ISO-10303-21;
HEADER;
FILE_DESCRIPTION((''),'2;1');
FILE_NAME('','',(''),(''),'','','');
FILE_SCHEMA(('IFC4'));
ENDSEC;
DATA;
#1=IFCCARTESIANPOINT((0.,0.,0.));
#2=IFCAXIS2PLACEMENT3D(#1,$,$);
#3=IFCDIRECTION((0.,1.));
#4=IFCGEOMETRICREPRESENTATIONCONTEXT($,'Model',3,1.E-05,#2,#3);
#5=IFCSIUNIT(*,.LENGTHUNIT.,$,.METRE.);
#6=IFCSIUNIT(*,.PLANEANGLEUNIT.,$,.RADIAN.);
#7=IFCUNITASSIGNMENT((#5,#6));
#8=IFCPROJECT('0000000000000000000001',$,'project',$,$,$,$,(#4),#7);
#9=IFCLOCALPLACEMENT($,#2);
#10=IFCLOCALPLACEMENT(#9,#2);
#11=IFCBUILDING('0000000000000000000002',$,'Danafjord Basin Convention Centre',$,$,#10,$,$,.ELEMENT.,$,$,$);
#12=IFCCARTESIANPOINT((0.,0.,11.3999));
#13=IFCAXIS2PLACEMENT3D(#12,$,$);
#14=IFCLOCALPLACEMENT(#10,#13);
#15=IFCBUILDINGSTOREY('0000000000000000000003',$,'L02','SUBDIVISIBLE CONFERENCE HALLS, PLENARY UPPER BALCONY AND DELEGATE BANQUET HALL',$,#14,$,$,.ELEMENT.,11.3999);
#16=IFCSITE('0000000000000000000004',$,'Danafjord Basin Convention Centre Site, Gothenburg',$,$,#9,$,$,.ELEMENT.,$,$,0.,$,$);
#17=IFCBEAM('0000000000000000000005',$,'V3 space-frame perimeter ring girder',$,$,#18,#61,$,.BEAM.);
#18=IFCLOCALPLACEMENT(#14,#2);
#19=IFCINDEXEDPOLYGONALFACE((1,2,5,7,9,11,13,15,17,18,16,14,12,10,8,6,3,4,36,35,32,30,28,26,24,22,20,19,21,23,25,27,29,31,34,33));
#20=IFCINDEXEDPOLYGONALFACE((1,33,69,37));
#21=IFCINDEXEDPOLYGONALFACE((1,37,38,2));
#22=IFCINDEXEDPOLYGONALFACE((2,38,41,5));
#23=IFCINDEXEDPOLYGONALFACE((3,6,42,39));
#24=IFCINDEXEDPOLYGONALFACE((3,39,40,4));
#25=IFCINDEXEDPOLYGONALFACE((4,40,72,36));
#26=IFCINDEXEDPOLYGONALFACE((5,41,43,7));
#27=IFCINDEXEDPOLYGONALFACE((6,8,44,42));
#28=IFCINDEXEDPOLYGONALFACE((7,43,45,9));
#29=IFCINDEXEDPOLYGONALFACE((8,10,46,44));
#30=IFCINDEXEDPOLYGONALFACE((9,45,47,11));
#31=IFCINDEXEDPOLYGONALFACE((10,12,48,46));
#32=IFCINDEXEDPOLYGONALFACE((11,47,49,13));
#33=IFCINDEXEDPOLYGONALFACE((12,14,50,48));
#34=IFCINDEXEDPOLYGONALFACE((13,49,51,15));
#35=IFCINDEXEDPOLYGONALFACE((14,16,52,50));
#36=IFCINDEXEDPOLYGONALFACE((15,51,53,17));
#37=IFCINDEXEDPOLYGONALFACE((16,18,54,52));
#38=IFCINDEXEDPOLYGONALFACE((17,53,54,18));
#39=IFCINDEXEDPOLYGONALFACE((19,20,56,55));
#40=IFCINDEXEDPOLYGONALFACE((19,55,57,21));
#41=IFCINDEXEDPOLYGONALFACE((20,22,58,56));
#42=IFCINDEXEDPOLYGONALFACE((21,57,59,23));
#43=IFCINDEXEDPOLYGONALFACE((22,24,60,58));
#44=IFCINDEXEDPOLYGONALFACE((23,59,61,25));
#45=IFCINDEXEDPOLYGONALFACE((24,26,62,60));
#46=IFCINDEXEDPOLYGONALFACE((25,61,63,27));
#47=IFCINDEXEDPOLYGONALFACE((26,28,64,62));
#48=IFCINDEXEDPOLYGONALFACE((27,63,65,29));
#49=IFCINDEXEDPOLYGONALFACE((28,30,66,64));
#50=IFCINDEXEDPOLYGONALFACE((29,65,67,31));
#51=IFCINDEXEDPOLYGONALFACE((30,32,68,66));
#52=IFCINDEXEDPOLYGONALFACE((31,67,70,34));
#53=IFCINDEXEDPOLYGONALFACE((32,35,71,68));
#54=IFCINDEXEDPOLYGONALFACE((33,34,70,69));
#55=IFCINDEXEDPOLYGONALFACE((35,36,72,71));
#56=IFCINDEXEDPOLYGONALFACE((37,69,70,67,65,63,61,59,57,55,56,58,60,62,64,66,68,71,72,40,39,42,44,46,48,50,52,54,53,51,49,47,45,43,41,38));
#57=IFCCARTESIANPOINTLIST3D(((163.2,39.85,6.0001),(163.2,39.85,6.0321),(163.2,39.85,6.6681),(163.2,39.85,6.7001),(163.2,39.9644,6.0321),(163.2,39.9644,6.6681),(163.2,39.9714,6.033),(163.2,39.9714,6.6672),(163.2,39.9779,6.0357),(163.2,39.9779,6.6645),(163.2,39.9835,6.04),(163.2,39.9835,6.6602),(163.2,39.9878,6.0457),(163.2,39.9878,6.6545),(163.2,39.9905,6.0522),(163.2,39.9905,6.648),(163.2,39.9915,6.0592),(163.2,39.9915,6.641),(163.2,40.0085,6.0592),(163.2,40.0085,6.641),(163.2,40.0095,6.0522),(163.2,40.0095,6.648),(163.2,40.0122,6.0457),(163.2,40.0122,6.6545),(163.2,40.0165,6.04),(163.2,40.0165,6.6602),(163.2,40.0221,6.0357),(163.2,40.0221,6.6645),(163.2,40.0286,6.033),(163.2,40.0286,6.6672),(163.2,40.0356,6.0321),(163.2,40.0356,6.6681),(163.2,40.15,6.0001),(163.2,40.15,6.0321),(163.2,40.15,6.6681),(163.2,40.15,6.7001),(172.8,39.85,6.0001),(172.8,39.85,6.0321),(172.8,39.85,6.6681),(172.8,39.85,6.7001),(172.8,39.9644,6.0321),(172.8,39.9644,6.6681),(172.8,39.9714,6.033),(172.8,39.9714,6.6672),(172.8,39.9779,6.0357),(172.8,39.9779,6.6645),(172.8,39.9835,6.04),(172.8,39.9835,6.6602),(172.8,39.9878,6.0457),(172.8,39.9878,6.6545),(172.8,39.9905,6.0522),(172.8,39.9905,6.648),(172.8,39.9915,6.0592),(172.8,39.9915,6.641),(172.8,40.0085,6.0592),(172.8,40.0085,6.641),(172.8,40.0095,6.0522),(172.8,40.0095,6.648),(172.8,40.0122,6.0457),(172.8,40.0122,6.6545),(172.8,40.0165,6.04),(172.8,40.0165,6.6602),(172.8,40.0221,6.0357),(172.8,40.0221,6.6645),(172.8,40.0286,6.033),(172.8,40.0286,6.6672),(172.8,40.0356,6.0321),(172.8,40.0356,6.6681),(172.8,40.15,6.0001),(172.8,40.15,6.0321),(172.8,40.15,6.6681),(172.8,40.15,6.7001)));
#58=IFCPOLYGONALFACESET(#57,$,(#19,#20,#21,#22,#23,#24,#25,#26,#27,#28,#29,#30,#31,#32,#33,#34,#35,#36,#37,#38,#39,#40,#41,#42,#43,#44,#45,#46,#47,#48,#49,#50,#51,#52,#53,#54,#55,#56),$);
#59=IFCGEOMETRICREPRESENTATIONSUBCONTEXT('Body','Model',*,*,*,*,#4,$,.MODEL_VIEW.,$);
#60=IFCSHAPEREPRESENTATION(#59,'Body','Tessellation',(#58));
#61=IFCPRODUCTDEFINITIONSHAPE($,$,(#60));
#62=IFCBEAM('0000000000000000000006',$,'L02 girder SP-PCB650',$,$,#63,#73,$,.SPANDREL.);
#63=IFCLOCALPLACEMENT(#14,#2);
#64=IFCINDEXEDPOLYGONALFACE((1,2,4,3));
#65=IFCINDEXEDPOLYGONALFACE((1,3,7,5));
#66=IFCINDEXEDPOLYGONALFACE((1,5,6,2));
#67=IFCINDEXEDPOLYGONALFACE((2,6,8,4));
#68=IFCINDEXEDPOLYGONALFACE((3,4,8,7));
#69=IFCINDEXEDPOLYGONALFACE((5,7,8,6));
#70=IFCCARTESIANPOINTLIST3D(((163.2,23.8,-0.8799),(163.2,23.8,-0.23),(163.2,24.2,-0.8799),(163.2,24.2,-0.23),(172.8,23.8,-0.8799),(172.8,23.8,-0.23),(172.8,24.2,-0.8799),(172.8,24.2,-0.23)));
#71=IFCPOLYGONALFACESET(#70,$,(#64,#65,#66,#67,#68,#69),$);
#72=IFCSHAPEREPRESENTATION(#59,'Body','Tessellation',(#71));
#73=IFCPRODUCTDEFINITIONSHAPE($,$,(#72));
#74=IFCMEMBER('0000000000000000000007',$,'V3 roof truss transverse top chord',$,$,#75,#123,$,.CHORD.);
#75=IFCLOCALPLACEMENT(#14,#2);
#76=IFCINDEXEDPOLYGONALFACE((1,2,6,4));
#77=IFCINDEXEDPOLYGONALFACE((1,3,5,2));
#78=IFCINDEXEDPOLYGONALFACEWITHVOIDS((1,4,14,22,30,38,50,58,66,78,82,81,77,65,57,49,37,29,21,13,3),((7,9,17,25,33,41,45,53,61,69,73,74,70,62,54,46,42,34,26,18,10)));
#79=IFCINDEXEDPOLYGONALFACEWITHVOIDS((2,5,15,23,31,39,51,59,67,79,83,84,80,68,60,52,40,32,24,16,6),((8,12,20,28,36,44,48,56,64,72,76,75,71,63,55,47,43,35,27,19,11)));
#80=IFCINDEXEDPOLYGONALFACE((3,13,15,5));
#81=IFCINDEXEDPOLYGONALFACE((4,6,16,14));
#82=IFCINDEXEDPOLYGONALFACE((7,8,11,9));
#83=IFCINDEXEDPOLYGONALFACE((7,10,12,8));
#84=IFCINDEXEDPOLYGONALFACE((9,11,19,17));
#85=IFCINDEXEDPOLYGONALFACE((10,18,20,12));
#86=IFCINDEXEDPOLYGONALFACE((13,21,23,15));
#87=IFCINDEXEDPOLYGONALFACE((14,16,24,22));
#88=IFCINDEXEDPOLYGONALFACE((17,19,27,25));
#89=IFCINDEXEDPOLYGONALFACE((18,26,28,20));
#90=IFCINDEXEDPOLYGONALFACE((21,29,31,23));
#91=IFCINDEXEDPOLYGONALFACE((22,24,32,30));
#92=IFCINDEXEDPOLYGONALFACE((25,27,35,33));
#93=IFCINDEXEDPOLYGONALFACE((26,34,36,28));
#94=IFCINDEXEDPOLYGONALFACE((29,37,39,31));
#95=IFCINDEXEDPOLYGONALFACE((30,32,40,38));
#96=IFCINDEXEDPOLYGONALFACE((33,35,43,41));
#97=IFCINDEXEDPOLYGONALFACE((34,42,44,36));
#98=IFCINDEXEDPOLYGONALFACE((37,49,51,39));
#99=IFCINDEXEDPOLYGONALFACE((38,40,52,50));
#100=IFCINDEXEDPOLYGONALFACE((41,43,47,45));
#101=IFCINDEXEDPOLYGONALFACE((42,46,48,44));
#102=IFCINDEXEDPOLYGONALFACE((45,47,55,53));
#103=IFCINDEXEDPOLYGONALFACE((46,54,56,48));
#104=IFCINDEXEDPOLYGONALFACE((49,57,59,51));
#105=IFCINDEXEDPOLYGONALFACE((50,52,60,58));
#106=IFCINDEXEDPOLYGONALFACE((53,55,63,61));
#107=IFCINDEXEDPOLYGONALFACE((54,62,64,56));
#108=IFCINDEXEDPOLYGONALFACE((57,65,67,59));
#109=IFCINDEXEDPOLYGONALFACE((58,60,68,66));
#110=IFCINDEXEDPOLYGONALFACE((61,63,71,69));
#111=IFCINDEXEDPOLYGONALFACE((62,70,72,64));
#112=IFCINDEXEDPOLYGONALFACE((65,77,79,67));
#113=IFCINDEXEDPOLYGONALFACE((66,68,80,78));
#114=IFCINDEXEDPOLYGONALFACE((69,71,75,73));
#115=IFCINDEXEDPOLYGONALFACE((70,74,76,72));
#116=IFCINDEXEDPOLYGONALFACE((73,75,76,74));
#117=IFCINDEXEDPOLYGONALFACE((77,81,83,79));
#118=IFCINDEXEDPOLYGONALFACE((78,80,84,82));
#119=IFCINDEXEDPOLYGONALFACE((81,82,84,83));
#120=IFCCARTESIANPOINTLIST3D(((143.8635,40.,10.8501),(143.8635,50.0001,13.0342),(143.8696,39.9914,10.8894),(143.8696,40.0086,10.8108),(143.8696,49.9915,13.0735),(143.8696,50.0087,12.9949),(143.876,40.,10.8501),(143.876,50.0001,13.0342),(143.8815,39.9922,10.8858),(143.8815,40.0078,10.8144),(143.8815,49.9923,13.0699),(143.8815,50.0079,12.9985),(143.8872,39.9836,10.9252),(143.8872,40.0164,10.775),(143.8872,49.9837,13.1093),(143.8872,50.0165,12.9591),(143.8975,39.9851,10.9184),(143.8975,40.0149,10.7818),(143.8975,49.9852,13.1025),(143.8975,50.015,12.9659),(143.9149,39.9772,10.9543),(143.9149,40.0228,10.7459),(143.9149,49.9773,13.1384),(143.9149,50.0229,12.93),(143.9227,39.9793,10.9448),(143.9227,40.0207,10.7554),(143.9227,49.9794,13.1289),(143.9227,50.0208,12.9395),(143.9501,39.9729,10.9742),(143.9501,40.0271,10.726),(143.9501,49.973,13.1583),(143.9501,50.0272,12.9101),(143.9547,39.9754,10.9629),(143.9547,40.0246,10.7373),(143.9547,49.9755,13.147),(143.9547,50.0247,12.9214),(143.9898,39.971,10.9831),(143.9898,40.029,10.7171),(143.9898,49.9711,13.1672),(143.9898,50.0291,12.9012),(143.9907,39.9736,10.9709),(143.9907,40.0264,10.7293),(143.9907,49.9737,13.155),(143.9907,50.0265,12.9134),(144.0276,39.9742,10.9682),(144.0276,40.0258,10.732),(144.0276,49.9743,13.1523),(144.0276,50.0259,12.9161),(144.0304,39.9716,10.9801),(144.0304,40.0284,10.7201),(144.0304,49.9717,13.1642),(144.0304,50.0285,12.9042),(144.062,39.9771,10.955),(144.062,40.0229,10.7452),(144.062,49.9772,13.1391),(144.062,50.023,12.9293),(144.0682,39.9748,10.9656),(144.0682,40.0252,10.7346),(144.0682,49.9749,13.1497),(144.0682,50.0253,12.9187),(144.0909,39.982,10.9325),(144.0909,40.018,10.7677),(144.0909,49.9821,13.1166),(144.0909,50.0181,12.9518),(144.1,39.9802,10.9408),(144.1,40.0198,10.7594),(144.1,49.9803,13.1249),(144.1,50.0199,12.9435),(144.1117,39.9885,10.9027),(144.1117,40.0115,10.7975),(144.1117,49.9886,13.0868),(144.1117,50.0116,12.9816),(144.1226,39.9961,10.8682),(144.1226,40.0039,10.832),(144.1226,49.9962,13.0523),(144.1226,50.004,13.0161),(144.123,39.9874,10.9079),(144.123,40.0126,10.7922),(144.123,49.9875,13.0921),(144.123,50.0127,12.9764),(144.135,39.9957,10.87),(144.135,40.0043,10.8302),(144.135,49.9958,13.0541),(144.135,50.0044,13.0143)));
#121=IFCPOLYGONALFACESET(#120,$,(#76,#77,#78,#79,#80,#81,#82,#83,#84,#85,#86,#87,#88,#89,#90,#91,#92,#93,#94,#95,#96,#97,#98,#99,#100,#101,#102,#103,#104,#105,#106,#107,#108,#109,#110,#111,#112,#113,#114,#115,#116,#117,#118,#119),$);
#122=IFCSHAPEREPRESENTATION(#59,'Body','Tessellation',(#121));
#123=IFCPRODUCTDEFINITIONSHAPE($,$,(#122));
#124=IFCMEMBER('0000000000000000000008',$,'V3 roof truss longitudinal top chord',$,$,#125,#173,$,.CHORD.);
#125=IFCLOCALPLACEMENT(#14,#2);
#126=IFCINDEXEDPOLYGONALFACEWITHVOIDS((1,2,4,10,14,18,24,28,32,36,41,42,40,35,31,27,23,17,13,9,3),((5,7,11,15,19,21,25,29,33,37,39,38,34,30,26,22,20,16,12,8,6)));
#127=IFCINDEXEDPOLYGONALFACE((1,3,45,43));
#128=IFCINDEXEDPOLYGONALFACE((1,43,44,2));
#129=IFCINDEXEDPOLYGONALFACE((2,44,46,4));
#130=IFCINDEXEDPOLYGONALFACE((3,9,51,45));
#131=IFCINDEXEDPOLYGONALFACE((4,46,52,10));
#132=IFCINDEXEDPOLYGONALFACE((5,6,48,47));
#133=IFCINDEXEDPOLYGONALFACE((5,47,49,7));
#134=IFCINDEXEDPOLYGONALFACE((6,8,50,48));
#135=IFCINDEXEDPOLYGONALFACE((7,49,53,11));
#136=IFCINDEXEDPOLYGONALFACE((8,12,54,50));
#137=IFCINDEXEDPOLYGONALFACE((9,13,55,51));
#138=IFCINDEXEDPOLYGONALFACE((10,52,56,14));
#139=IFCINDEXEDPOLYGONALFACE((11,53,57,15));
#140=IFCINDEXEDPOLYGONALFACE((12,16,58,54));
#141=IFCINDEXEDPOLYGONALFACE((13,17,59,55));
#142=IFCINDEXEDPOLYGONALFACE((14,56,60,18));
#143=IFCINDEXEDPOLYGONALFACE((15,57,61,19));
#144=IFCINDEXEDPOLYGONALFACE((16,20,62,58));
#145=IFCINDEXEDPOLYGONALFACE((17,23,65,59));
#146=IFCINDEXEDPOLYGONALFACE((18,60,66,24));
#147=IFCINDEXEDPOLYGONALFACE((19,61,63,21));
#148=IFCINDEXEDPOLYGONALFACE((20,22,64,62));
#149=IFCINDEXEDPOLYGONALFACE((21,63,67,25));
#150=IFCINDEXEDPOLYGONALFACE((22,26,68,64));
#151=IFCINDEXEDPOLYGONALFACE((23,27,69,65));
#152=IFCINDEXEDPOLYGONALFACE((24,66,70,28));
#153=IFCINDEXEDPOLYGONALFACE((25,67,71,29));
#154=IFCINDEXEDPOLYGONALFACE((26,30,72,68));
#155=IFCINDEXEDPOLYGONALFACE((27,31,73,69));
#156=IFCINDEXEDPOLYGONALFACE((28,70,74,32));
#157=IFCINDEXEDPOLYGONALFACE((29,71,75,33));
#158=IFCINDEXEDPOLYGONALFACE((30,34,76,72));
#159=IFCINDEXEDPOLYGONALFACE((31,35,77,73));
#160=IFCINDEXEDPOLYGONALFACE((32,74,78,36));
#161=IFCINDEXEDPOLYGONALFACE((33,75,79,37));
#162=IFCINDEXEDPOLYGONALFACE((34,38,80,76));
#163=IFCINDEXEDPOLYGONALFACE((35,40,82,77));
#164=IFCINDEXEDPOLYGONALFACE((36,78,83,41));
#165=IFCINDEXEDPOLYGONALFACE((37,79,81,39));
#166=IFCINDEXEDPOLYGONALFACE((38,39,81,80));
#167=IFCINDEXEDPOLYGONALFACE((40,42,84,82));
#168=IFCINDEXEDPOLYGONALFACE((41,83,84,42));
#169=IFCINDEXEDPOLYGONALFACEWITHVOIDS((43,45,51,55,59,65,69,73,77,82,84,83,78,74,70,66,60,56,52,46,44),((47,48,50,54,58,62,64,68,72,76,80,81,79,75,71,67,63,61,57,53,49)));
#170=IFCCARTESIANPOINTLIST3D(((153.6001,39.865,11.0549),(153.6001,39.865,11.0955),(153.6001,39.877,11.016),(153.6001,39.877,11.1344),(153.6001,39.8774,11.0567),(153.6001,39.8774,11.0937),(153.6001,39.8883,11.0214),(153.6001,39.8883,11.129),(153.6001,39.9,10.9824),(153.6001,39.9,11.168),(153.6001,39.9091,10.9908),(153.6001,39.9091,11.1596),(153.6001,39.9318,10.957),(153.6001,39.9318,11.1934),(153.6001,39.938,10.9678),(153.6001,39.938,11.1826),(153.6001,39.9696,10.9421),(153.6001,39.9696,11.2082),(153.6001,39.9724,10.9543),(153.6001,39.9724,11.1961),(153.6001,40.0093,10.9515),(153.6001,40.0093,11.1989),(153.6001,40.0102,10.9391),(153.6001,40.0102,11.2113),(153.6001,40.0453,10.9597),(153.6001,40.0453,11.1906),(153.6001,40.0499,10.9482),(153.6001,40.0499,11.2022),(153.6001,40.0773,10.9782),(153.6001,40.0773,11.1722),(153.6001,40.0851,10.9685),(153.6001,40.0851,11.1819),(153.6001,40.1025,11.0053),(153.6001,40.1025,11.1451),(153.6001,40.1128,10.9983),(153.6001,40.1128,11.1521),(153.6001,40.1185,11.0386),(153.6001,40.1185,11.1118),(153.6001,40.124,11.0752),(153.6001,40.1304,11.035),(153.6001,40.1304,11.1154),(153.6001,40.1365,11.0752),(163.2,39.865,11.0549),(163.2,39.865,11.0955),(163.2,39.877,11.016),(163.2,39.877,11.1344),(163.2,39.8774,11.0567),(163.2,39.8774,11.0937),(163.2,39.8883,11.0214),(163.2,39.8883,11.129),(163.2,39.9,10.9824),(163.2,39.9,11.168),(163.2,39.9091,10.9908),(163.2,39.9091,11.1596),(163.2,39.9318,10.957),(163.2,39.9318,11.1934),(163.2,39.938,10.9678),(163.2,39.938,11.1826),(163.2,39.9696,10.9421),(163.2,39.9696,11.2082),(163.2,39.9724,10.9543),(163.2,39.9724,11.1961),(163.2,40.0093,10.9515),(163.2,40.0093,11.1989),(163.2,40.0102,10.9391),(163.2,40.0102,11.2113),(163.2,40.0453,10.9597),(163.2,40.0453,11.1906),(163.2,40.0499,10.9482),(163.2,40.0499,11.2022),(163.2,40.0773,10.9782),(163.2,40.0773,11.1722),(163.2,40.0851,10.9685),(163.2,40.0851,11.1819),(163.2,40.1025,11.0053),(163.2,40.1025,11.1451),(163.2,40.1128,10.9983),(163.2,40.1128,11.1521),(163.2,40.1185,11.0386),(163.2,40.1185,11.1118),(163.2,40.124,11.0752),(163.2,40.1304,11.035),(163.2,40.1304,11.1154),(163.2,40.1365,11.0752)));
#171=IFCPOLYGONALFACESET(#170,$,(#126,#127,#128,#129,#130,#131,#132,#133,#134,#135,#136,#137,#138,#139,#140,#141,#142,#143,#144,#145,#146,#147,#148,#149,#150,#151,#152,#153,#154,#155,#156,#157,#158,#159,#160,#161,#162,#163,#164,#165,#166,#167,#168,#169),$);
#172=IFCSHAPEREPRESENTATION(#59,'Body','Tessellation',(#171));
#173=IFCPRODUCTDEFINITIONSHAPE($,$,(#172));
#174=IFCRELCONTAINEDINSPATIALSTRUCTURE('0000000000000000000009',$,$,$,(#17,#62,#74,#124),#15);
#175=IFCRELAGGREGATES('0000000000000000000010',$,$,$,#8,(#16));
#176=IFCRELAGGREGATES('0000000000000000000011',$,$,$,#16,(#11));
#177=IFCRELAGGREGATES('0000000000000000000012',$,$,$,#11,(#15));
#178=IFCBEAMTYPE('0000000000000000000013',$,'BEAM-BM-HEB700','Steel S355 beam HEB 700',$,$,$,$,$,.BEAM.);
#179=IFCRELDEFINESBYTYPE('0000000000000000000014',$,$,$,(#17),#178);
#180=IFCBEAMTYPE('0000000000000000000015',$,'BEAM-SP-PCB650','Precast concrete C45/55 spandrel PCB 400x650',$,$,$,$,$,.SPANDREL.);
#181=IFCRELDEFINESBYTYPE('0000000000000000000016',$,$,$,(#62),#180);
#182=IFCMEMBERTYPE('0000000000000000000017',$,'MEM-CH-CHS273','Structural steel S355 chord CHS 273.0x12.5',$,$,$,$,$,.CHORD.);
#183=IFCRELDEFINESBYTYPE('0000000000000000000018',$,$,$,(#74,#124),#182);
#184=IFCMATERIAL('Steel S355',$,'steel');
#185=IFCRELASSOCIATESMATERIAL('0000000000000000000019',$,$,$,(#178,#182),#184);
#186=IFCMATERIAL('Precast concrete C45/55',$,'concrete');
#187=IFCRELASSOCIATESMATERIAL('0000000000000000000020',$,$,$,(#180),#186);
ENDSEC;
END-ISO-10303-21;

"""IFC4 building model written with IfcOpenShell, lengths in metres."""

from ifc_helpers import new_model, si_unit, direction, frame, origin, origin_2d, place, context, subcontext, project, spatial, rectangle, hollow_circle, i_section, extrude, material, material_profile, profile_set, type_object, element, save


model = new_model("IFC4")

# Units and contexts
model_context = context("Model", 3, precision=1e-05, world=origin(), true_north=direction((0.0, 1.0)))
body_context = subcontext(model_context, "Body", "Model", "MODEL_VIEW")
ifc_project = project(units=[si_unit("LENGTHUNIT", "METRE"), si_unit("PLANEANGLEUNIT", "RADIAN")], contexts=[model_context])

# Site, building, storey
site_placement = place(None, origin())
site = spatial("IfcSite", under=ifc_project, at=site_placement, Name="Danafjord Basin Convention Centre Site, Gothenburg", CompositionType="ELEMENT", RefElevation=0.0)
building_placement = place(site_placement, origin())
building = spatial("IfcBuilding", under=site, at=building_placement, Name="Danafjord Basin Convention Centre", CompositionType="ELEMENT")
storey_placement = place(building_placement, frame((0.0, 0.0, 11.3999)))
storey = spatial("IfcBuildingStorey", under=building, at=storey_placement, Name="L02", Description="SUBDIVISIBLE CONFERENCE HALLS, PLENARY UPPER BALCONY AND DELEGATE BANQUET HALL", CompositionType="ELEMENT", Elevation=11.3999)

# Shared definitions
ifc_material_1 = material(Name="Steel S355", Category="steel")

# Beams
ifc_material_profile_1 = material_profile(ifc_material_1, i_section(OverallWidth=0.3, OverallDepth=0.7, WebThickness=0.0171, FlangeThickness=0.032, FilletRadius=0.0271, at=origin_2d()), Name="HEB 700")
ifc_profile_set_1 = profile_set([ifc_material_profile_1], Name="Steel S355")
beam_type_1 = type_object("IfcBeamType", Name="BEAM-BM-HEB700", Description="Steel S355 beam HEB 700", PredefinedType="BEAM", material=ifc_profile_set_1)
beam_1_placement = place(storey_placement, frame((163.2, 40.0, 6.3501), z_axis=(1.0, 0.0, 0.0), x_axis=(0.0, 1.0, 0.0)))
element("IfcBeam", 1, at=beam_1_placement, inside=storey, type_object=beam_type_1, Name="V3 space-frame perimeter ring girder", PredefinedType="BEAM", context=body_context, shape_type="SweptSolid", body=[
    extrude(i_section(OverallWidth=0.3, OverallDepth=0.7, WebThickness=0.0171, FlangeThickness=0.032, FilletRadius=0.0271, at=origin_2d()), origin(), (0.0, 0.0, 1.0), 9.6001),
])
ifc_material_2 = material(Name="Precast concrete C45/55", Category="concrete")
ifc_material_profile_2 = material_profile(ifc_material_2, rectangle(XDim=0.3999, YDim=0.6499, at=origin_2d()), Name="PCB 400x650")
ifc_profile_set_2 = profile_set([ifc_material_profile_2], Name="Precast concrete C45/55")
beam_type_2 = type_object("IfcBeamType", Name="BEAM-SP-PCB650", Description="Precast concrete C45/55 spandrel PCB 400x650", PredefinedType="SPANDREL", material=ifc_profile_set_2)
beam_2_placement = place(storey_placement, frame((163.2, 24.0, -0.5549), z_axis=(1.0, 0.0, 0.0), x_axis=(0.0, 1.0, 0.0)))
element("IfcBeam", 2, at=beam_2_placement, inside=storey, type_object=beam_type_2, Name="L02 girder SP-PCB650", PredefinedType="SPANDREL", context=body_context, shape_type="SweptSolid", body=[
    extrude(rectangle(XDim=0.3999, YDim=0.6499, at=origin_2d()), origin(), (0.0, 0.0, 1.0), 9.6001),
])

# Members
ifc_material_profile_3 = material_profile(ifc_material_1, hollow_circle(Radius=0.1365, WallThickness=0.0125, at=origin_2d()), Name="CHS 273.0x12.5")
ifc_profile_set_3 = profile_set([ifc_material_profile_3], Name="Steel S355")
member_type_1 = type_object("IfcMemberType", Name="MEM-CH-CHS273", Description="Structural steel S355 chord CHS 273.0x12.5", PredefinedType="CHORD", material=ifc_profile_set_3)
member_1_placement = place(storey_placement, frame((144.0, 40.0, 10.8501), z_axis=(0.0, 0.97697, 0.213378), x_axis=(-1.0, 0.0, 0.0)))
element("IfcMember", 3, at=member_1_placement, inside=storey, type_object=member_type_1, Name="V3 roof truss transverse top chord", PredefinedType="CHORD", context=body_context, shape_type="SweptSolid", body=[
    extrude(hollow_circle(Radius=0.1365, WallThickness=0.0125, at=origin_2d()), origin(), (0.0, 0.0, 1.0), 10.2358),
])
member_2_placement = place(storey_placement, frame((153.6001, 40.0, 11.0752), z_axis=(1.0, 0.0, 0.0), x_axis=(0.0, 1.0, 0.0)))
element("IfcMember", 4, at=member_2_placement, inside=storey, type_object=member_type_1, Name="V3 roof truss longitudinal top chord", PredefinedType="CHORD", context=body_context, shape_type="SweptSolid", body=[
    extrude(hollow_circle(Radius=0.1365, WallThickness=0.0125, at=origin_2d()), origin(), (0.0, 0.0, 1.0), 9.5999),
])

save(model, "model.ifc")
